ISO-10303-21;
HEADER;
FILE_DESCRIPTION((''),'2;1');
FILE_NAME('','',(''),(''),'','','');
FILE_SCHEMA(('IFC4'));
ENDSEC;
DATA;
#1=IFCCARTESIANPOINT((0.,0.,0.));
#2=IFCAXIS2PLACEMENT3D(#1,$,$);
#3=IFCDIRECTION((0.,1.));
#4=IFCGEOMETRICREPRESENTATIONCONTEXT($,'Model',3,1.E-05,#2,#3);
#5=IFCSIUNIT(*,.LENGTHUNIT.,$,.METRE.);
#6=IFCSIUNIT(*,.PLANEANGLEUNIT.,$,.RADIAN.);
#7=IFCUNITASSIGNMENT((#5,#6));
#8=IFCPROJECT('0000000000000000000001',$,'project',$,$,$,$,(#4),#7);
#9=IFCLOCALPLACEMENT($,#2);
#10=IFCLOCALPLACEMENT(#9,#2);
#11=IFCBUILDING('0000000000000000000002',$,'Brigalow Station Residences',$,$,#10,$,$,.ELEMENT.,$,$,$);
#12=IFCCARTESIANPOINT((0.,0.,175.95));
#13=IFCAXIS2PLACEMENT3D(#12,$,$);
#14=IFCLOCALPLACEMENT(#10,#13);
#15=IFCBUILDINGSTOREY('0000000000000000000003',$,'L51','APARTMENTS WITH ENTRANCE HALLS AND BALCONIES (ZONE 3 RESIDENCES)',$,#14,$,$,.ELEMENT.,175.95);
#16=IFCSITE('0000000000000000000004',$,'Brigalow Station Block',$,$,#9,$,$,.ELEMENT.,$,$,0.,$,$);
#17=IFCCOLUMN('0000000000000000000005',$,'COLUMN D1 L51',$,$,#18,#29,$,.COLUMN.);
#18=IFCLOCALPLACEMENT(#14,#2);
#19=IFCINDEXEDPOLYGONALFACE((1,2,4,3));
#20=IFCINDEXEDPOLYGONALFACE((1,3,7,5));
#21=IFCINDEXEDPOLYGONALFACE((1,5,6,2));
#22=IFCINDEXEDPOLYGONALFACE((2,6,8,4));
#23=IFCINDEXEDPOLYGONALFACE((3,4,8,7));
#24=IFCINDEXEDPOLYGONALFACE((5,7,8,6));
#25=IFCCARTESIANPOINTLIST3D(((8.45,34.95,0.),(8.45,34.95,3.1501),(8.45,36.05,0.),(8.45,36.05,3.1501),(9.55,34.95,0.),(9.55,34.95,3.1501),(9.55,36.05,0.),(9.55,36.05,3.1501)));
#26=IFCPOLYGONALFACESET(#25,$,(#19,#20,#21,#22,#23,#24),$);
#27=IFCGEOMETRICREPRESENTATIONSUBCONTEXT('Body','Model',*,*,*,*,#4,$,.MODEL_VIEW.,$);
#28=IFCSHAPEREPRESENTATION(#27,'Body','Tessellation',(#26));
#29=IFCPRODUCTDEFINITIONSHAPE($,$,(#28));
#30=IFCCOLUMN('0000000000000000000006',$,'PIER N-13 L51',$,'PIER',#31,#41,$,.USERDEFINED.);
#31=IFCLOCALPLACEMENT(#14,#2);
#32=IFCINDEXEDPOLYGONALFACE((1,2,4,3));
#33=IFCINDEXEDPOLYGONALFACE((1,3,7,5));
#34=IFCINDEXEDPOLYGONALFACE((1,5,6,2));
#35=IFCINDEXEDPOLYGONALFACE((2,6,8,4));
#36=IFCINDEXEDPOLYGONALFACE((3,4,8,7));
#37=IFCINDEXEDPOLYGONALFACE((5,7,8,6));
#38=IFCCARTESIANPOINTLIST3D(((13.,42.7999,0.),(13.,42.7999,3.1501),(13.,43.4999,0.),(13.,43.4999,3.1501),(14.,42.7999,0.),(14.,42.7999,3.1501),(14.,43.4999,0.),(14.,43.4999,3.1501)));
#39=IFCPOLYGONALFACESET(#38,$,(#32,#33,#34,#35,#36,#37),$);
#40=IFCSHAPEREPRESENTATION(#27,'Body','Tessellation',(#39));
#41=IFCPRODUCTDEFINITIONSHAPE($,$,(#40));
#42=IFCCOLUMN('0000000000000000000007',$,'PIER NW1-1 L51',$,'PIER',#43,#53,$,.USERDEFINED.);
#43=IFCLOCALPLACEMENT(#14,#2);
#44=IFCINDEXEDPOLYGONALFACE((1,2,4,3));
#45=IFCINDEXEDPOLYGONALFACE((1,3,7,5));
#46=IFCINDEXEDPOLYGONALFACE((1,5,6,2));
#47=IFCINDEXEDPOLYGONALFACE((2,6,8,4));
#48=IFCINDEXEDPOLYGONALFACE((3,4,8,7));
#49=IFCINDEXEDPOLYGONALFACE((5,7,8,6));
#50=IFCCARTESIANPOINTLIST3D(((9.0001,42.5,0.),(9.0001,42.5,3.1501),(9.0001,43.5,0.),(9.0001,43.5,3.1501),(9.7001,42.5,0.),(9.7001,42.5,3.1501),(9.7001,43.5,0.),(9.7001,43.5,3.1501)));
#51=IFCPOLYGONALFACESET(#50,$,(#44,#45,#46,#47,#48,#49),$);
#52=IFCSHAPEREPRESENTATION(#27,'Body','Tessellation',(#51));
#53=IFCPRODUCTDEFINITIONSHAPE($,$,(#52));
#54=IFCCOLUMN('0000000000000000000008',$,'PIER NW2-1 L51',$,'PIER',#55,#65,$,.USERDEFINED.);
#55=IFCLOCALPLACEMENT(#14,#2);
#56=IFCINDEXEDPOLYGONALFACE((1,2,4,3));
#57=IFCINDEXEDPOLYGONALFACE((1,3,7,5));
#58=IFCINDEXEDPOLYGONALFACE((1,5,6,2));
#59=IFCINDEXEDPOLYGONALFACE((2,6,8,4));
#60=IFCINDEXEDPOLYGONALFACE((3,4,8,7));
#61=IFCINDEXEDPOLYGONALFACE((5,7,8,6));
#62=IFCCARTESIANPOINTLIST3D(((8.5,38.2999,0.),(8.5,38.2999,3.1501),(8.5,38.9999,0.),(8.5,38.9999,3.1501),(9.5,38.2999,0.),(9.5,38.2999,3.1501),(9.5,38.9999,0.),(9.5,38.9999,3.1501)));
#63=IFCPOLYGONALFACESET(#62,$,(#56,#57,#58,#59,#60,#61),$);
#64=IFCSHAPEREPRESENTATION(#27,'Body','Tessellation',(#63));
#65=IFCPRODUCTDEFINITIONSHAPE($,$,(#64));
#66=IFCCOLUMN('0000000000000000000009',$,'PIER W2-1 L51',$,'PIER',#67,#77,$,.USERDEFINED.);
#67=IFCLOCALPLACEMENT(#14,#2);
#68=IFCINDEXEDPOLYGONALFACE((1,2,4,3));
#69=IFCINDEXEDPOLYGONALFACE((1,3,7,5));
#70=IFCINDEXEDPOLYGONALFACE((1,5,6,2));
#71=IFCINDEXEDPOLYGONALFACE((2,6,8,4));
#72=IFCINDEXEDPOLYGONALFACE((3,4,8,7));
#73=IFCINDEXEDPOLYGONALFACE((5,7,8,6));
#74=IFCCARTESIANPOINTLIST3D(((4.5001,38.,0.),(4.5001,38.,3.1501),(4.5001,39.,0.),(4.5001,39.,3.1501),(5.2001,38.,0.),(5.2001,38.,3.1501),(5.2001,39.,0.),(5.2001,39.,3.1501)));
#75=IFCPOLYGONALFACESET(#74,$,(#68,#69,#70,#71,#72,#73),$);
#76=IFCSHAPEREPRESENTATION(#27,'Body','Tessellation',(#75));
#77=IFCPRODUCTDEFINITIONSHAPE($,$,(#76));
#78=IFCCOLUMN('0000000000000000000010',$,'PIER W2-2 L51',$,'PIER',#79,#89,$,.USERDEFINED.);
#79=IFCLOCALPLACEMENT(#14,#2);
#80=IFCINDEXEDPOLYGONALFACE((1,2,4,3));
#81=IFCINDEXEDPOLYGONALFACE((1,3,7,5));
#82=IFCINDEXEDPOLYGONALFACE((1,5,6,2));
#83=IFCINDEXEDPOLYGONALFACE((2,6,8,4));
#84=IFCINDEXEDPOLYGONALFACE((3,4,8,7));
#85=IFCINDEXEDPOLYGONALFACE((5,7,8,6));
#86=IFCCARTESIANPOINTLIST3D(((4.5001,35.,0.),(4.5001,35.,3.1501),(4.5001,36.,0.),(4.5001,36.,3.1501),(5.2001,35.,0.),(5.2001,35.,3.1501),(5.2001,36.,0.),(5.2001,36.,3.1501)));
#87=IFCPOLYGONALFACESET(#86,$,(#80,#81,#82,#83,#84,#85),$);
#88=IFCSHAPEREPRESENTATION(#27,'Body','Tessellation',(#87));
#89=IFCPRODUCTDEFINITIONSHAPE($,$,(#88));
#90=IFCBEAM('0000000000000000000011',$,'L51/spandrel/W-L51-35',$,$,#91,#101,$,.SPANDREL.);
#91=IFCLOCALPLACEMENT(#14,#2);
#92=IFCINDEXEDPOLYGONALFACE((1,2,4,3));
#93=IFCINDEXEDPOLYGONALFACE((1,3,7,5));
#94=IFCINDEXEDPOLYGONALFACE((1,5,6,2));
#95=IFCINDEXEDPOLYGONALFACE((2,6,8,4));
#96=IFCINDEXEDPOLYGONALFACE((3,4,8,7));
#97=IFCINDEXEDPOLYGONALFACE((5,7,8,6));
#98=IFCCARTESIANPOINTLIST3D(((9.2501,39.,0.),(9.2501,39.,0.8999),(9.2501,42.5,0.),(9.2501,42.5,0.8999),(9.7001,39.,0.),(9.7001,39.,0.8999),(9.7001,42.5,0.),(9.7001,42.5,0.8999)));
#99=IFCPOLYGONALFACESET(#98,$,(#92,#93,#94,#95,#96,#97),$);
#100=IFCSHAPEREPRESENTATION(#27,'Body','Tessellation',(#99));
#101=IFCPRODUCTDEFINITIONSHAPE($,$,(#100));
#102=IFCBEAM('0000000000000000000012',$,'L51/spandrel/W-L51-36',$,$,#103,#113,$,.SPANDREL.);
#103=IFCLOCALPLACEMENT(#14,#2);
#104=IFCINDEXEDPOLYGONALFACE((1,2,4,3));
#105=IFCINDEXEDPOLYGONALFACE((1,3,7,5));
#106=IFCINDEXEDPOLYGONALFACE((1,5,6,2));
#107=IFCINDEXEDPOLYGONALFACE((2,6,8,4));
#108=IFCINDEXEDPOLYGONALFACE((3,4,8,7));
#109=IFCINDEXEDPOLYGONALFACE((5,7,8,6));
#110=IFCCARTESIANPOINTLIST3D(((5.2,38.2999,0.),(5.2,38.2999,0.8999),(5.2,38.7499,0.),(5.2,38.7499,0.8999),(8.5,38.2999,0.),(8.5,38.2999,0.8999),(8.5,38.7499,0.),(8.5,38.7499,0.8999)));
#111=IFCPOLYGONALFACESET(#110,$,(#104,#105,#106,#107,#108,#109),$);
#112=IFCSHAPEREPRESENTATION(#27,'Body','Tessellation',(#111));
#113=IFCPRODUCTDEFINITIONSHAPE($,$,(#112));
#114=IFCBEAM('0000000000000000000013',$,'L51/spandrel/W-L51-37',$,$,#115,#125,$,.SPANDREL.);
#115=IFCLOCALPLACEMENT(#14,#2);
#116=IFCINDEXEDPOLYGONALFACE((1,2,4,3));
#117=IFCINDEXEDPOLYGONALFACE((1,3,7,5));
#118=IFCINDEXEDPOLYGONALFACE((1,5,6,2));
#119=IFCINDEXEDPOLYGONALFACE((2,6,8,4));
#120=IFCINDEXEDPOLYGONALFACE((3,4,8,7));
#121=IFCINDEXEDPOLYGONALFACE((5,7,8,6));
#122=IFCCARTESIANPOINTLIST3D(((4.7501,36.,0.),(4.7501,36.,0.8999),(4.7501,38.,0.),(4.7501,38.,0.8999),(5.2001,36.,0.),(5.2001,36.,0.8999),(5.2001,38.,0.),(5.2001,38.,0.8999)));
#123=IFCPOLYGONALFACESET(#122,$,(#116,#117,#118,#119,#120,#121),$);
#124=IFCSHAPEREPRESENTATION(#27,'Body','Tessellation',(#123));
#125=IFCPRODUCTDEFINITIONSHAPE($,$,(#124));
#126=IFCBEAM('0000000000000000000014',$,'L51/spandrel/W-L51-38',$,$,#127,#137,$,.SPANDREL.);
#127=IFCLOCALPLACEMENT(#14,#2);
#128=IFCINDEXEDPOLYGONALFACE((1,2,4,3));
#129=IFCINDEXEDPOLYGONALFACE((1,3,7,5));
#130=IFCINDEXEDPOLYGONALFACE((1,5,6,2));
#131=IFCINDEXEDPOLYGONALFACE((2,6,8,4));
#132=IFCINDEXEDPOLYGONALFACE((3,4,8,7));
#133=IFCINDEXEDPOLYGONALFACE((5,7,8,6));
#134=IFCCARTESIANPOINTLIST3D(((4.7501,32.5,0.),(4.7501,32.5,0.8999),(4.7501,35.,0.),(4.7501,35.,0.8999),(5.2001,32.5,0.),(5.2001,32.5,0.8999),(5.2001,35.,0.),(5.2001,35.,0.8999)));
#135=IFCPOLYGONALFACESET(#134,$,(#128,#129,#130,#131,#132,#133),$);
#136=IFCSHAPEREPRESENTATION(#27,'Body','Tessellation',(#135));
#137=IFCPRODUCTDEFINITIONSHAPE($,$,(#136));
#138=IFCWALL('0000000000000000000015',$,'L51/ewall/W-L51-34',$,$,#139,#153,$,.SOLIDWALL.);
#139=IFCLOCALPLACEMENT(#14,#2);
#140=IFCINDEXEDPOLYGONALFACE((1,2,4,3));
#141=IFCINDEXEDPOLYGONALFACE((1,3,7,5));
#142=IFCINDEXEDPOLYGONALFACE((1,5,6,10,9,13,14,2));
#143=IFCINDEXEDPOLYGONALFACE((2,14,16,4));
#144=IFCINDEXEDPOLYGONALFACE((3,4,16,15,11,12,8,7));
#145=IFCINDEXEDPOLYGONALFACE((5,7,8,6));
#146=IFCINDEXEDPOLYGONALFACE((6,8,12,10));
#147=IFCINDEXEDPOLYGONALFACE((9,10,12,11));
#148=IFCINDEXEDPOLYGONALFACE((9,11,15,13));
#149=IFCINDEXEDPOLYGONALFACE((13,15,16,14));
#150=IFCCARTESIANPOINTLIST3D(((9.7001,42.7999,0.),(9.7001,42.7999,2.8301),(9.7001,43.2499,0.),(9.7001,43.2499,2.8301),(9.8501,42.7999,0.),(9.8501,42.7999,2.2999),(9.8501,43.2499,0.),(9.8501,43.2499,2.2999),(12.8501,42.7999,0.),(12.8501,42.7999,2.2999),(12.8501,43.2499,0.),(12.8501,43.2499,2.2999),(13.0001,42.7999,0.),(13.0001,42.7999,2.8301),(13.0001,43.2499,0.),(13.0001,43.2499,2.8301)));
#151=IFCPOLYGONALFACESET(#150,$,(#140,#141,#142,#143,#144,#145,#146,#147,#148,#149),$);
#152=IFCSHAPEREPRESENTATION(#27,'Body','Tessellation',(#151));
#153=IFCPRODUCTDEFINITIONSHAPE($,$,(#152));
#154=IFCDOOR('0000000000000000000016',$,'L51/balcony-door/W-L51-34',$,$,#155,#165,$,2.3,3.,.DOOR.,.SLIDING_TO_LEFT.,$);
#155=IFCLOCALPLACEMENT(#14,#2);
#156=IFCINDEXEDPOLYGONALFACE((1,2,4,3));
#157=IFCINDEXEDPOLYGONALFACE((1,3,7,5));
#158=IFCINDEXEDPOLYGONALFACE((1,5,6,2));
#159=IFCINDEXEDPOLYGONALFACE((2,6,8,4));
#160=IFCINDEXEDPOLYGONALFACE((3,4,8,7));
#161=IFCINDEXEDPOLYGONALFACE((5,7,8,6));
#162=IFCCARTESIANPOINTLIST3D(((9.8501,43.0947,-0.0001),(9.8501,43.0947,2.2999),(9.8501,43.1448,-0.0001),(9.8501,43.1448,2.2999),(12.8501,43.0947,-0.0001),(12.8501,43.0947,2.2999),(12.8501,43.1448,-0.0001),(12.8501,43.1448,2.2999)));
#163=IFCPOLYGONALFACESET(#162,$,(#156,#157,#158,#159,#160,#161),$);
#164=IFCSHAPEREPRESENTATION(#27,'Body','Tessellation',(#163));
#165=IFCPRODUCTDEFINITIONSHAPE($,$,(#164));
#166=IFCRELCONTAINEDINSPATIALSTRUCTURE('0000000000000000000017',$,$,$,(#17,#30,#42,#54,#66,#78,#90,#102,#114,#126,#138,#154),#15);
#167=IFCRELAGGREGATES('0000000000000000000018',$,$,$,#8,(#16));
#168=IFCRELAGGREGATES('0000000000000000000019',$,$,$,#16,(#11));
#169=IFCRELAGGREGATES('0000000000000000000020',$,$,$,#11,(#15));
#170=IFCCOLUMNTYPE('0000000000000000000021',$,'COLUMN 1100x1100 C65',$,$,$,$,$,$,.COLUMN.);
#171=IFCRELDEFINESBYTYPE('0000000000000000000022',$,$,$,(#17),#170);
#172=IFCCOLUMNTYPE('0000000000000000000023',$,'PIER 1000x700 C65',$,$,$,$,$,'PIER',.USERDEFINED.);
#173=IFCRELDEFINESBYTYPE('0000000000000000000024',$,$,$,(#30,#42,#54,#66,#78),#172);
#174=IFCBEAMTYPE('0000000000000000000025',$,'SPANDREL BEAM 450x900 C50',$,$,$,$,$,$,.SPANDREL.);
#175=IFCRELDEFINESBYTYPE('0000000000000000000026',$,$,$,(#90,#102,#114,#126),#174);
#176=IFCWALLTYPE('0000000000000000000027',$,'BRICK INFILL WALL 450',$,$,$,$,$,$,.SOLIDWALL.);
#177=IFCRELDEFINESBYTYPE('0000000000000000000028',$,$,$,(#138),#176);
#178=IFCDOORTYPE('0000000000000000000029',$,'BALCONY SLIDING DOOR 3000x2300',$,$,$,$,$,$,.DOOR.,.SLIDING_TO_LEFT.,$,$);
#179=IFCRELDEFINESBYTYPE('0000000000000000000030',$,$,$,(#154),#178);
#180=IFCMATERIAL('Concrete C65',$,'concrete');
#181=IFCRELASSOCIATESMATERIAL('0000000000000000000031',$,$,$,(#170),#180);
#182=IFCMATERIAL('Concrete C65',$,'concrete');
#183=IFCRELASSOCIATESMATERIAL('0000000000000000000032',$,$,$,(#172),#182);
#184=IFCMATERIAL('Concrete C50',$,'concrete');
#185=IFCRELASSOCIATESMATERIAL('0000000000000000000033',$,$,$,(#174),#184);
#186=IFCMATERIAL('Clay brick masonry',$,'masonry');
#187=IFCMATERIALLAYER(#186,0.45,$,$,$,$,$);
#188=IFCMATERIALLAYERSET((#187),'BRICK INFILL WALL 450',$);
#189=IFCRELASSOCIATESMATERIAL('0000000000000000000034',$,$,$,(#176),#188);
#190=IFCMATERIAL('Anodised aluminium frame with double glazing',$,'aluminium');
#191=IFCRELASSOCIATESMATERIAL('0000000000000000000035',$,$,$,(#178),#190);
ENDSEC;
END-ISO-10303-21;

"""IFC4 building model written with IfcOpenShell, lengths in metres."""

from ifc_helpers import new_model, si_unit, direction, frame, frame_2d, origin, origin_2d, place, context, subcontext, project, spatial, rectangle, extrude, material, layer, layer_set, material_profile, profile_set, type_object, element, fill, save


model = new_model("IFC4")

# Units and contexts
model_context = context("Model", 3, precision=1e-05, world=origin(), true_north=direction((0.0, 1.0)))
body_context = subcontext(model_context, "Body", "Model", "MODEL_VIEW")
ifc_project = project(units=[si_unit("LENGTHUNIT", "METRE"), si_unit("PLANEANGLEUNIT", "RADIAN")], contexts=[model_context])

# Site, building, storey
site_placement = place(None, origin())
site = spatial("IfcSite", under=ifc_project, at=site_placement, Name="Brigalow Station Block", CompositionType="ELEMENT", RefElevation=0.0)
building_placement = place(site_placement, origin())
building = spatial("IfcBuilding", under=site, at=building_placement, Name="Brigalow Station Residences", CompositionType="ELEMENT")
storey_placement = place(building_placement, frame((0.0, 0.0, 175.95)))
storey = spatial("IfcBuildingStorey", under=building, at=storey_placement, Name="L51", Description="APARTMENTS WITH ENTRANCE HALLS AND BALCONIES (ZONE 3 RESIDENCES)", CompositionType="ELEMENT", Elevation=175.95)

# Columns
ifc_material_1 = material(Name="Concrete C65", Category="concrete")
ifc_material_profile_1 = material_profile(ifc_material_1, rectangle(XDim=1.1001, YDim=1.1001, at=origin_2d()), Name="RC1100x1100")
ifc_profile_set_1 = profile_set([ifc_material_profile_1], Name="Concrete C65")
column_type_1 = type_object("IfcColumnType", Name="COLUMN 1100x1100 C65", PredefinedType="COLUMN", material=ifc_profile_set_1)
column_placement = place(storey_placement, frame((9.0, 35.5, 0.0), z_axis=(0.0, 0.0, 1.0), x_axis=(1.0, 0.0, 0.0)))
element("IfcColumn", 1, at=column_placement, inside=storey, type_object=column_type_1, Name="COLUMN D1 L51", PredefinedType="COLUMN", context=body_context, shape_type="SweptSolid", body=[
    extrude(rectangle(XDim=1.1001, YDim=1.1001, at=origin_2d()), origin(), (0.0, 0.0, 1.0), 3.1501),
])
ifc_material_2 = material(Name="Concrete C65", Category="concrete")
ifc_material_profile_2 = material_profile(ifc_material_2, rectangle(XDim=1.0, YDim=0.7, at=origin_2d()), Name="RC1000x700")
ifc_profile_set_2 = profile_set([ifc_material_profile_2], Name="Concrete C65")
column_type_2 = type_object("IfcColumnType", Name="PIER 1000x700 C65", ElementType="PIER", PredefinedType="USERDEFINED", material=ifc_profile_set_2)
for number, where, z_axis, x_axis, name in (
    (2, (13.5, 43.1499, 0.0), (0.0, 0.0, 1.0), (-1.0, 0.0, 0.0), "PIER N-13 L51"),
    (3, (9.3501, 43.0, 0.0), (0.0, 0.0, 1.0), (0.0, -1.0, 0.0), "PIER NW1-1 L51"),
    (4, (9.0, 38.6499, 0.0), (0.0, 0.0, 1.0), (-1.0, 0.0, 0.0), "PIER NW2-1 L51"),
    (5, (4.8501, 38.5, 0.0), (0.0, 0.0, 1.0), (0.0, -1.0, 0.0), "PIER W2-1 L51"),
    (6, (4.8501, 35.5, 0.0), (0.0, 0.0, 1.0), (0.0, -1.0, 0.0), "PIER W2-2 L51"),
):
    element("IfcColumn", number, at=place(storey_placement, frame(where, z_axis=z_axis, x_axis=x_axis)), inside=storey, type_object=column_type_2, Name=name, ObjectType="PIER", PredefinedType="USERDEFINED", context=body_context, shape_type="SweptSolid", body=[
        extrude(rectangle(XDim=1.0, YDim=0.7, at=origin_2d()), origin(), (0.0, 0.0, 1.0), 3.1501),
    ])

# Beams
ifc_material_3 = material(Name="Concrete C50", Category="concrete")
ifc_material_profile_3 = material_profile(ifc_material_3, rectangle(XDim=0.45, YDim=0.8999, at=origin_2d()), Name="RC450x900")
ifc_profile_set_3 = profile_set([ifc_material_profile_3], Name="Concrete C50")
beam_type = type_object("IfcBeamType", Name="SPANDREL BEAM 450x900 C50", PredefinedType="SPANDREL", material=ifc_profile_set_3)
beam_1_placement = place(storey_placement, frame((9.4751, 42.5, 0.45), z_axis=(0.0, -1.0, 0.0), x_axis=(1.0, 0.0, 0.0)))
element("IfcBeam", 7, at=beam_1_placement, inside=storey, type_object=beam_type, Name="L51/spandrel/W-L51-35", PredefinedType="SPANDREL", context=body_context, shape_type="SweptSolid", body=[
    extrude(rectangle(XDim=0.45, YDim=0.8999, at=origin_2d()), origin(), (0.0, 0.0, 1.0), 3.5),
])
beam_2_placement = place(storey_placement, frame((8.5, 38.5249, 0.45), z_axis=(-1.0, 0.0, 0.0), x_axis=(0.0, -1.0, 0.0)))
element("IfcBeam", 8, at=beam_2_placement, inside=storey, type_object=beam_type, Name="L51/spandrel/W-L51-36", PredefinedType="SPANDREL", context=body_context, shape_type="SweptSolid", body=[
    extrude(rectangle(XDim=0.45, YDim=0.8999, at=origin_2d()), origin(), (0.0, 0.0, 1.0), 3.3),
])
beam_3_placement = place(storey_placement, frame((4.9751, 38.0, 0.45), z_axis=(0.0, -1.0, 0.0), x_axis=(1.0, 0.0, 0.0)))
element("IfcBeam", 9, at=beam_3_placement, inside=storey, type_object=beam_type, Name="L51/spandrel/W-L51-37", PredefinedType="SPANDREL", context=body_context, shape_type="SweptSolid", body=[
    extrude(rectangle(XDim=0.45, YDim=0.8999, at=origin_2d()), origin(), (0.0, 0.0, 1.0), 2.0),
])
beam_4_placement = place(storey_placement, frame((4.9751, 35.0, 0.45), z_axis=(0.0, -1.0, 0.0), x_axis=(1.0, 0.0, 0.0)))
element("IfcBeam", 10, at=beam_4_placement, inside=storey, type_object=beam_type, Name="L51/spandrel/W-L51-38", PredefinedType="SPANDREL", context=body_context, shape_type="SweptSolid", body=[
    extrude(rectangle(XDim=0.45, YDim=0.8999, at=origin_2d()), origin(), (0.0, 0.0, 1.0), 2.5),
])

# Wall, opening, door
ifc_material_4 = material(Name="Clay brick masonry", Category="masonry")
ifc_layer_1 = layer(ifc_material_4, 0.45)
ifc_layer_set_1 = layer_set([ifc_layer_1], Name="BRICK INFILL WALL 450")
wall_type_1 = type_object("IfcWallType", Name="BRICK INFILL WALL 450", PredefinedType="SOLIDWALL", material=ifc_layer_set_1)
wall_1_placement = place(storey_placement, frame((13.0, 43.0249, 0.0), z_axis=(0.0, 0.0, 1.0), x_axis=(-1.0, 0.0, 0.0)))
wall_1 = element("IfcWall", 11, at=wall_1_placement, inside=storey, type_object=wall_type_1, Name="L51/ewall/W-L51-34", PredefinedType="SOLIDWALL", context=body_context, shape_type="SweptSolid", body=[
    extrude(rectangle(XDim=3.3, YDim=0.45, at=frame_2d((1.6499, 0.0))), origin(), (0.0, 0.0, 1.0), 2.8301),
])
opening_1_placement = place(wall_1_placement, frame((0.1499, 0.0, 0.0)))
opening_1 = element("IfcOpeningElement", 12, at=opening_1_placement, cuts=wall_1, PredefinedType="OPENING", context=body_context, shape_type="SweptSolid", body=[
    extrude(rectangle(XDim=3.0, YDim=2.3, at=frame_2d((1.5, 1.1499))), frame((0.0, 0.2349, 0.0), z_axis=(0.0, -1.0, 0.0), x_axis=(1.0, 0.0, 0.0)), (0.0, 0.0, 1.0), 0.47),
])
ifc_material_5 = material(Name="Anodised aluminium frame with double glazing", Category="aluminium")
door_type_1 = type_object("IfcDoorType", Name="BALCONY SLIDING DOOR 3000x2300", OperationType="SLIDING_TO_LEFT", PredefinedType="DOOR", material=ifc_material_5)
door_1_placement = place(opening_1_placement, origin())
door_1 = element("IfcDoor", 13, at=door_1_placement, inside=storey, type_object=door_type_1, Name="L51/balcony-door/W-L51-34", OperationType="SLIDING_TO_LEFT", OverallHeight=2.3, OverallWidth=3.0, PredefinedType="DOOR", context=body_context, shape_type="SweptSolid", body=[
    extrude(rectangle(XDim=3.0, YDim=2.3, at=frame_2d((1.5, 1.1499))), frame((0.0, -0.0698, 0.0), z_axis=(0.0, -1.0, 0.0), x_axis=(1.0, 0.0, 0.0)), (0.0, 0.0, 1.0), 0.05),
])
fill(opening_1, door_1)

save(model, "model.ifc")
